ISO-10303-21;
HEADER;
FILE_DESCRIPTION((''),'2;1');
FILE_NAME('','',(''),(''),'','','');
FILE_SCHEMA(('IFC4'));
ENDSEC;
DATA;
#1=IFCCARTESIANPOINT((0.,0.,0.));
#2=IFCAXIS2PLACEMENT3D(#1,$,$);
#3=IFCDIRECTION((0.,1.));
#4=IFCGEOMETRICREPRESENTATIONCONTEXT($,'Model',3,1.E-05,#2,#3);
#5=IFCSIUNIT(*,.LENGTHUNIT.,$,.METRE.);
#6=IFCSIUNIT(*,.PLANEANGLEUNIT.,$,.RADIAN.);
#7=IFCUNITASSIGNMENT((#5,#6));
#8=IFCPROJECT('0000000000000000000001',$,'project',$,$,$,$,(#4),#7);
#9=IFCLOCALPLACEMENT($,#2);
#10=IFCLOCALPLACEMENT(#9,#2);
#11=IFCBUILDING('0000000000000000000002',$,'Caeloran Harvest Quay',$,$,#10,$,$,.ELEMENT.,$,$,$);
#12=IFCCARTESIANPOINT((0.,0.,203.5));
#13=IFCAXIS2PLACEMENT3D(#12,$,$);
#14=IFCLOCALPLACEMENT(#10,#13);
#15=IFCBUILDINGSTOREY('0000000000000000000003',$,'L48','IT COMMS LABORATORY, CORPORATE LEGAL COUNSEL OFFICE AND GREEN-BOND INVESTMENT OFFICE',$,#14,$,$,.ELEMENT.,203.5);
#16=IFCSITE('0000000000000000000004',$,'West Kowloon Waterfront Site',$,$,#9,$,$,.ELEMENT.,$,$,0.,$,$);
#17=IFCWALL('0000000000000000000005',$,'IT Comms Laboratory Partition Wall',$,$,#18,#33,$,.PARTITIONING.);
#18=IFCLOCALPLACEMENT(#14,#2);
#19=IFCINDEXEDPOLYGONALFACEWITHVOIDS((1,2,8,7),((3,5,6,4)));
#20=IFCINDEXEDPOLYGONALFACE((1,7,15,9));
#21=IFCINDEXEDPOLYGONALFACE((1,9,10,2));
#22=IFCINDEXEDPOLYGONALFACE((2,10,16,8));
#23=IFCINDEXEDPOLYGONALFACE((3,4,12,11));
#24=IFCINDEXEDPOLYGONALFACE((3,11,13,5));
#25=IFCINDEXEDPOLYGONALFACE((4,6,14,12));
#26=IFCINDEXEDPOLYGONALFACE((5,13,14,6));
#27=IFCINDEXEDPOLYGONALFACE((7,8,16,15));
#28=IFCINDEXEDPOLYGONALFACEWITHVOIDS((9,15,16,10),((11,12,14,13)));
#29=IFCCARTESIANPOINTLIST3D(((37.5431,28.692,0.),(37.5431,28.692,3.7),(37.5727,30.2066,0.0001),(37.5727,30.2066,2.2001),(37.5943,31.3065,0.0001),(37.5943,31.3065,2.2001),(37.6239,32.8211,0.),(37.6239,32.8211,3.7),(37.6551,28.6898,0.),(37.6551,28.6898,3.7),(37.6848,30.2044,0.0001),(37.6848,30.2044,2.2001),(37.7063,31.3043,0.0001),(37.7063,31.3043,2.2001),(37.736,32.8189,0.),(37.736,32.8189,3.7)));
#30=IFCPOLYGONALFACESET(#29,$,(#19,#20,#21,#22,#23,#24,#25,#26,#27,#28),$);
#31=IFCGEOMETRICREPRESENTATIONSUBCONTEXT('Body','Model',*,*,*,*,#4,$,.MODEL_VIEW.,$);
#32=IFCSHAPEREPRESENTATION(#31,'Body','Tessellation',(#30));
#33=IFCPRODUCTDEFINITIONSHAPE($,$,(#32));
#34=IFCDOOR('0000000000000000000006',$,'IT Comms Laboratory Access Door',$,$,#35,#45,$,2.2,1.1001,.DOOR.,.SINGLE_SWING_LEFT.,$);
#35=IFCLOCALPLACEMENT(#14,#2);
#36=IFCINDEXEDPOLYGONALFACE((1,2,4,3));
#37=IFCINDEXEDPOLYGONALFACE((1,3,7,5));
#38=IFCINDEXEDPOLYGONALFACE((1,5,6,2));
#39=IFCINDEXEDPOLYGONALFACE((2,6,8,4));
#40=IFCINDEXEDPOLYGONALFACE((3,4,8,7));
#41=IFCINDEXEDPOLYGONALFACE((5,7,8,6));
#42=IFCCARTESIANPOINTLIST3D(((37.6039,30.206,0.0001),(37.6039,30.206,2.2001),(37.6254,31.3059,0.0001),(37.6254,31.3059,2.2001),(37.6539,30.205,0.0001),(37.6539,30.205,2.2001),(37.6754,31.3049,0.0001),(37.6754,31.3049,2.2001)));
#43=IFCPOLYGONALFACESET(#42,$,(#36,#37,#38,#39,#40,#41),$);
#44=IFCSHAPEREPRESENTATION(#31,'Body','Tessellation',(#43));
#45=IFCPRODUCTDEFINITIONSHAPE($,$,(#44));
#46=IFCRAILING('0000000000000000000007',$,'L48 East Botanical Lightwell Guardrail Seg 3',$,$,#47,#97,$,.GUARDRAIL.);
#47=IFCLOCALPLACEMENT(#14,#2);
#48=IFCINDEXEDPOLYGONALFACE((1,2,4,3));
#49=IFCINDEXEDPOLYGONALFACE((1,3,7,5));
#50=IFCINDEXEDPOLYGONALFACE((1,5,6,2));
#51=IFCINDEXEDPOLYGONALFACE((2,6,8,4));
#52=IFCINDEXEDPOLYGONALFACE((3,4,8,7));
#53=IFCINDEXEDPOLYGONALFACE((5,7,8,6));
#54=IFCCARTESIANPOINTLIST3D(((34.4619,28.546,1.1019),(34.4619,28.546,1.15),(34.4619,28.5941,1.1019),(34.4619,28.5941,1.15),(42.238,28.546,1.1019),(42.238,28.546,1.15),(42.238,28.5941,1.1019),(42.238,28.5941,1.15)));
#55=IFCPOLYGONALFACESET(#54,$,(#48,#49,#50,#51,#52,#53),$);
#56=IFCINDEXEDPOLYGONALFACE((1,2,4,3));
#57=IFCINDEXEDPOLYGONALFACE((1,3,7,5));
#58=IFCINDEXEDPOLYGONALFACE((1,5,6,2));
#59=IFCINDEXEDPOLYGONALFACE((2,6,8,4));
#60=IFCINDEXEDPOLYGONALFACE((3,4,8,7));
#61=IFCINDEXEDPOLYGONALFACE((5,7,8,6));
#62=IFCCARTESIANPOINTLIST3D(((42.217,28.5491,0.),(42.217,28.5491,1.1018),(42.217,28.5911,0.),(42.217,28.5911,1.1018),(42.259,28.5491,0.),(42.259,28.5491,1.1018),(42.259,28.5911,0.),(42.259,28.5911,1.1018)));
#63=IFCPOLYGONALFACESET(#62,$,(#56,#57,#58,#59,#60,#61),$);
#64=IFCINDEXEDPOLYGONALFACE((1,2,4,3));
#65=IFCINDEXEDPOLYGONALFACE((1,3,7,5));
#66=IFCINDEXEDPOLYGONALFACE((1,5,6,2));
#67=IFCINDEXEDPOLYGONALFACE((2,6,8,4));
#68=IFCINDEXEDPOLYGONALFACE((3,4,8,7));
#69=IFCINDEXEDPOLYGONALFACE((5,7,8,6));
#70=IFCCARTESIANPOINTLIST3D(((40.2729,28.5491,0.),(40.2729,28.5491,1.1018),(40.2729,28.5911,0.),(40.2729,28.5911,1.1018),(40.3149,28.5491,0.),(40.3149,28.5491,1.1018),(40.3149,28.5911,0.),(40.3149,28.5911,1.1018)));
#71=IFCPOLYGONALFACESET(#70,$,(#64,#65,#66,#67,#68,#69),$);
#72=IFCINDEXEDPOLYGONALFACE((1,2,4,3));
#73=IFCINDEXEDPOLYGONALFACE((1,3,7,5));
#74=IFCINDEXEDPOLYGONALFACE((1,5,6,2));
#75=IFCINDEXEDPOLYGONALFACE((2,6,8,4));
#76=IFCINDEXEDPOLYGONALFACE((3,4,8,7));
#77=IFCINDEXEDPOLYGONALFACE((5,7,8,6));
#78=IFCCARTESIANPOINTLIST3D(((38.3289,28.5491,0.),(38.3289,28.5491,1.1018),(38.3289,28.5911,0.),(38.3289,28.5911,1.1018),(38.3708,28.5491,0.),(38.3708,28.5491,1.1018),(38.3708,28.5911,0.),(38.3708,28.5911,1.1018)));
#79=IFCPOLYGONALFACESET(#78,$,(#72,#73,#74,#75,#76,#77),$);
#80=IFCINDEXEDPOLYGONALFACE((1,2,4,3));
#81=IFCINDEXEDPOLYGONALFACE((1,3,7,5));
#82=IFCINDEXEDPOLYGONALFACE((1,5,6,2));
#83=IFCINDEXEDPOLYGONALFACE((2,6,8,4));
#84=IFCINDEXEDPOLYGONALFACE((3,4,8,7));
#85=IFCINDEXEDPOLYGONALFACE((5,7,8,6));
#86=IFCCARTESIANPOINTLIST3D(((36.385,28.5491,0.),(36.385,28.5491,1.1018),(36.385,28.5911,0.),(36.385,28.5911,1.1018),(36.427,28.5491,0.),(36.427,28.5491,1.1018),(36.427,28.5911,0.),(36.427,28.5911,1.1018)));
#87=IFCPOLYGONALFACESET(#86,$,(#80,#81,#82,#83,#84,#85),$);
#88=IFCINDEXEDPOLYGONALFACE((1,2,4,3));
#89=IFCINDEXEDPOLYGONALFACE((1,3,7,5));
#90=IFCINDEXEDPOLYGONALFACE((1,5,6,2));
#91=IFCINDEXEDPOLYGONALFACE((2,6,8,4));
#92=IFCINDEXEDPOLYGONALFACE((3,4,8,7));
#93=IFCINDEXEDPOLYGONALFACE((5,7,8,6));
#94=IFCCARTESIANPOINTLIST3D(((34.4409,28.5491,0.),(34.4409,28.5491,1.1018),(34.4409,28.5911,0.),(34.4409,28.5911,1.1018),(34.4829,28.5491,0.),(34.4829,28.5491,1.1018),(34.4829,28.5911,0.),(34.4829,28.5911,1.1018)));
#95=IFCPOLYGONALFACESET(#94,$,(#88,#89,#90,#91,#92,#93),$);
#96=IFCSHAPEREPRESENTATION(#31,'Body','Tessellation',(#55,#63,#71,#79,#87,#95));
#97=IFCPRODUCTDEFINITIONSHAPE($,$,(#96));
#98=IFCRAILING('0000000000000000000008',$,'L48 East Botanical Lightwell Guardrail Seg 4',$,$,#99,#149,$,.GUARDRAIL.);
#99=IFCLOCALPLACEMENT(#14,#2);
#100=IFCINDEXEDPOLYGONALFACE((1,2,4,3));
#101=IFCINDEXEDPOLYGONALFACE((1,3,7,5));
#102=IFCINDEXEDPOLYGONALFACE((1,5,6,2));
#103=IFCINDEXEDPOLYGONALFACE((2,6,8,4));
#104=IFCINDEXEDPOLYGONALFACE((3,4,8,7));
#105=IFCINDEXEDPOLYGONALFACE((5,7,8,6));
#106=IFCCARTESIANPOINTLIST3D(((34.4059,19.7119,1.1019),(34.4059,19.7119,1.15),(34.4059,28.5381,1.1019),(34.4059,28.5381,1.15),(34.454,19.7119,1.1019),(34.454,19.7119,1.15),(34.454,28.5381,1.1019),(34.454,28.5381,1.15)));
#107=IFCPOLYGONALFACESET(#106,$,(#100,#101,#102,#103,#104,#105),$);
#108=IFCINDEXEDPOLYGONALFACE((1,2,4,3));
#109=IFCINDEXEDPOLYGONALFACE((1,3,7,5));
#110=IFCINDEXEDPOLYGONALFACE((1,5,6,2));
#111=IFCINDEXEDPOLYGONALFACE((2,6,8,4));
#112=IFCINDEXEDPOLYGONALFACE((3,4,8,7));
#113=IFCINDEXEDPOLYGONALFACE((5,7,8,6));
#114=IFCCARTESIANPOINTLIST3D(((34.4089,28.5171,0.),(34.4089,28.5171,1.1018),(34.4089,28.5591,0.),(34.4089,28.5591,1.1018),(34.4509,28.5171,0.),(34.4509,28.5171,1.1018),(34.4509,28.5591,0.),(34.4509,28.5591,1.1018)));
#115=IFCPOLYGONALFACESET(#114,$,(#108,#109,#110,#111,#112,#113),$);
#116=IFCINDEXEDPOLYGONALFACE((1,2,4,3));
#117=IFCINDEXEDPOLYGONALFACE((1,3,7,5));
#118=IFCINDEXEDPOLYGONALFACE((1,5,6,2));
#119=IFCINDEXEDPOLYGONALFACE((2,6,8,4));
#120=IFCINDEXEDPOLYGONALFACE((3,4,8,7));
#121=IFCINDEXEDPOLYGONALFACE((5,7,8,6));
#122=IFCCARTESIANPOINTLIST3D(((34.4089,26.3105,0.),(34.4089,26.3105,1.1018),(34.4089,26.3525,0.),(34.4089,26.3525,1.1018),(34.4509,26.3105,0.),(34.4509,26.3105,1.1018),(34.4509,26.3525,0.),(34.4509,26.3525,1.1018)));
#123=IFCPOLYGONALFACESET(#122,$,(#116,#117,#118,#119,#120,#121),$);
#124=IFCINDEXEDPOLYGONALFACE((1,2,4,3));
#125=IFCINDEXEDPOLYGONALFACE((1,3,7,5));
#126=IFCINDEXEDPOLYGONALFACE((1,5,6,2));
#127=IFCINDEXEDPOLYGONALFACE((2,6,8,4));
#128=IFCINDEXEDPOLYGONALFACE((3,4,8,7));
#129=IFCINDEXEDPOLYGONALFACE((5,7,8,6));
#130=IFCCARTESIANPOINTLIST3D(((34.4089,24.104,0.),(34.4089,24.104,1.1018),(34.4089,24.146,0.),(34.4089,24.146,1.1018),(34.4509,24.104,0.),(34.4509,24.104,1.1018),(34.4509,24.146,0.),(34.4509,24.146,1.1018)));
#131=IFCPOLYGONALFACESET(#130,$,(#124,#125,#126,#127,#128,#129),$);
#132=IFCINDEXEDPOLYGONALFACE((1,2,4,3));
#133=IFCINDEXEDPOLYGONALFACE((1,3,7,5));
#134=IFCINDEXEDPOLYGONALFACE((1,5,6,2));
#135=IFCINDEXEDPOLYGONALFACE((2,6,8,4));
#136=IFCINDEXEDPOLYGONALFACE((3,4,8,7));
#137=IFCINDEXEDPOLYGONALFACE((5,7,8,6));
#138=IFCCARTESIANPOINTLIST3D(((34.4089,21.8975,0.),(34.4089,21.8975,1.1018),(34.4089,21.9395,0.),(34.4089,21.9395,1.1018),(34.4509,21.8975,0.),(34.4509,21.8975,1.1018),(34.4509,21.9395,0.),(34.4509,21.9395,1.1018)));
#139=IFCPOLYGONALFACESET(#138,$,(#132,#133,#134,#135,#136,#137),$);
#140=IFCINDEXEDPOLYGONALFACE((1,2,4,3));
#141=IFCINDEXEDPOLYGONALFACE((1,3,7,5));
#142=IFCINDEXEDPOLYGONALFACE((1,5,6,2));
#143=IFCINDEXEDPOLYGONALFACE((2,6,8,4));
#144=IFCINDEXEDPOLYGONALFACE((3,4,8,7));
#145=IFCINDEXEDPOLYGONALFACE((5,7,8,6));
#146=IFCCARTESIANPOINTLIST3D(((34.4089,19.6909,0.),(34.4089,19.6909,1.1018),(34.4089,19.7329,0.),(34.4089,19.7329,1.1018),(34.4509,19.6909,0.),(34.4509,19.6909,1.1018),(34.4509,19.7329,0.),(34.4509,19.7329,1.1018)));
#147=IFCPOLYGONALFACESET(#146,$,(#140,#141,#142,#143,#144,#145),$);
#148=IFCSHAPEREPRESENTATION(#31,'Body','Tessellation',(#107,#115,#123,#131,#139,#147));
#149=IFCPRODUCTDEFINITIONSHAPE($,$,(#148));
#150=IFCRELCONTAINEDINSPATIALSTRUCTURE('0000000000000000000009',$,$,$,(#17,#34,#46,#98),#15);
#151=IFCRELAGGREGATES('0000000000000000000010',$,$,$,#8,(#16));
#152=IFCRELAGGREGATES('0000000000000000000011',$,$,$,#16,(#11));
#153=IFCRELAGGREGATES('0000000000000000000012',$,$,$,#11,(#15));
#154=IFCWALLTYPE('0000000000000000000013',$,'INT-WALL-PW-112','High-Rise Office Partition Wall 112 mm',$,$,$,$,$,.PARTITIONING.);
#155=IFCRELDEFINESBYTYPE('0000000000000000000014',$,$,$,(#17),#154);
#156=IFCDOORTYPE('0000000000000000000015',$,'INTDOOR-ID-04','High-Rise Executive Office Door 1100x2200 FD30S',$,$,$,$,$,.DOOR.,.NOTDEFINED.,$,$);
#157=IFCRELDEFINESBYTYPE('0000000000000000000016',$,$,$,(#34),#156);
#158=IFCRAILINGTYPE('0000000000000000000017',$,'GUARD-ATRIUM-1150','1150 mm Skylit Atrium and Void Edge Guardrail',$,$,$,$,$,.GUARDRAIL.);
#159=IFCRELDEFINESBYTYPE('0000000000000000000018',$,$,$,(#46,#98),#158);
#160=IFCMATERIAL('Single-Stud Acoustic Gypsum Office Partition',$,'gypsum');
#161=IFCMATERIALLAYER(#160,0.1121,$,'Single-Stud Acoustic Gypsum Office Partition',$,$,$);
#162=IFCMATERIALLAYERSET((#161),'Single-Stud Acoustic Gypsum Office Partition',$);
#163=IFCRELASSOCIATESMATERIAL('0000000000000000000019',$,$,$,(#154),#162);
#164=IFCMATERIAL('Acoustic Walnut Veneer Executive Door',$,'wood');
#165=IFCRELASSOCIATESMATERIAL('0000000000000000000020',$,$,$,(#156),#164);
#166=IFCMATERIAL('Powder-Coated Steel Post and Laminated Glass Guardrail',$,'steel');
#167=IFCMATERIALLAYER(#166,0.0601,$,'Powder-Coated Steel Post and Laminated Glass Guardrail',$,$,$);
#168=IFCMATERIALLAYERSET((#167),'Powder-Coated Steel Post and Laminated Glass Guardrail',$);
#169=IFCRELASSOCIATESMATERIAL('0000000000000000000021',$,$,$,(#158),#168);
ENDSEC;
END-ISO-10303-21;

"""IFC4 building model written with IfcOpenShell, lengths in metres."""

from ifc_helpers import new_model, si_unit, direction, frame, frame_2d, origin, origin_2d, place, context, subcontext, project, spatial, rectangle, extrude, material, layer, layer_set, type_object, element, fill, save


model = new_model("IFC4")

# Units and contexts
model_context = context("Model", 3, precision=1e-05, world=origin(), true_north=direction((0.0, 1.0)))
body_context = subcontext(model_context, "Body", "Model", "MODEL_VIEW")
ifc_project = project(units=[si_unit("LENGTHUNIT", "METRE"), si_unit("PLANEANGLEUNIT", "RADIAN")], contexts=[model_context])

# Site, building, storey
site_placement = place(None, origin())
site = spatial("IfcSite", under=ifc_project, at=site_placement, Name="West Kowloon Waterfront Site", CompositionType="ELEMENT", RefElevation=0.0)
building_placement = place(site_placement, origin())
building = spatial("IfcBuilding", under=site, at=building_placement, Name="Caeloran Harvest Quay", CompositionType="ELEMENT")
storey_placement = place(building_placement, frame((0.0, 0.0, 203.5)))
storey = spatial("IfcBuildingStorey", under=building, at=storey_placement, Name="L48", Description="IT COMMS LABORATORY, CORPORATE LEGAL COUNSEL OFFICE AND GREEN-BOND INVESTMENT OFFICE", CompositionType="ELEMENT", Elevation=203.5)

# Shared definitions
ifc_material_1 = material(Name="Single-Stud Acoustic Gypsum Office Partition", Category="gypsum")
ifc_layer_1 = layer(ifc_material_1, 0.1121, Name="Single-Stud Acoustic Gypsum Office Partition")
ifc_layer_set_1 = layer_set([ifc_layer_1], Name="Single-Stud Acoustic Gypsum Office Partition")
wall_type_1 = type_object("IfcWallType", Name="INT-WALL-PW-112", Description="High-Rise Office Partition Wall 112 mm", PredefinedType="PARTITIONING", material=ifc_layer_set_1)

# Shared definitions
ifc_material_2 = material(Name="Acoustic Walnut Veneer Executive Door", Category="wood")
door_type = type_object("IfcDoorType", Name="INTDOOR-ID-04", Description="High-Rise Executive Office Door 1100x2200 FD30S", OperationType="NOTDEFINED", PredefinedType="DOOR", material=ifc_material_2)

# Wall, opening, door
wall_1_placement = place(storey_placement, frame((37.5991, 28.6909, 0.0), z_axis=(0.0, 0.0, 1.0), x_axis=(0.019567, 0.999809, 0.0)))
wall_1 = element("IfcWall", 1, at=wall_1_placement, inside=storey, type_object=wall_type_1, Name="IT Comms Laboratory Partition Wall", PredefinedType="PARTITIONING", context=body_context, shape_type="SweptSolid", body=[
    extrude(rectangle(XDim=4.1299, YDim=0.1121, at=frame_2d((2.0649, 0.0))), origin(), (0.0, 0.0, 1.0), 3.7),
])
opening_1_placement = place(wall_1_placement, frame((1.5149, 0.0, 0.0)))
opening_1 = element("IfcOpeningElement", 2, at=opening_1_placement, cuts=wall_1, PredefinedType="OPENING", context=body_context, shape_type="SweptSolid", body=[
    extrude(rectangle(XDim=1.1001, YDim=2.2, at=frame_2d((0.55, 1.1001))), frame((0.0, 0.0659, 0.0), z_axis=(0.0, -1.0, 0.0), x_axis=(1.0, 0.0, 0.0)), (0.0, 0.0, 1.0), 0.1321),
])
door_1_placement = place(opening_1_placement, origin())
door_1 = element("IfcDoor", 3, at=door_1_placement, inside=storey, type_object=door_type, Name="IT Comms Laboratory Access Door", OperationType="SINGLE_SWING_LEFT", OverallHeight=2.2, OverallWidth=1.1001, PredefinedType="DOOR", context=body_context, shape_type="SweptSolid", body=[
    extrude(rectangle(XDim=1.1001, YDim=2.2, at=frame_2d((0.55, 1.1001))), frame((0.0, 0.0249, 0.0), z_axis=(0.0, -1.0, 0.0), x_axis=(1.0, 0.0, 0.0)), (0.0, 0.0, 1.0), 0.05),
])
fill(opening_1, door_1)

# Railings
ifc_material_3 = material(Name="Powder-Coated Steel Post and Laminated Glass Guardrail", Category="steel")
ifc_layer_2 = layer(ifc_material_3, 0.0601, Name="Powder-Coated Steel Post and Laminated Glass Guardrail")
ifc_layer_set_2 = layer_set([ifc_layer_2], Name="Powder-Coated Steel Post and Laminated Glass Guardrail")
railing_type = type_object("IfcRailingType", Name="GUARD-ATRIUM-1150", Description="1150 mm Skylit Atrium and Void Edge Guardrail", PredefinedType="GUARDRAIL", material=ifc_layer_set_2)
railing_1_placement = place(storey_placement, frame((42.238, 28.5701, 0.0)))
element("IfcRailing", 4, at=railing_1_placement, inside=storey, type_object=railing_type, Name="L48 East Botanical Lightwell Guardrail Seg 3", PredefinedType="GUARDRAIL", context=body_context, shape_type="SweptSolid", body=[
    extrude(rectangle(XDim=0.0481, YDim=0.0481, at=origin_2d()), frame((0.0, 0.0, 1.126), z_axis=(-1.0, 0.0, 0.0), x_axis=(0.0, -1.0, 0.0)), (0.0, 0.0, 1.0), 7.7761),
    extrude(rectangle(XDim=0.042, YDim=0.042, at=origin_2d()), origin(), (0.0, 0.0, 1.0), 1.1018),
    extrude(rectangle(XDim=0.042, YDim=0.042, at=origin_2d()), frame((-1.9441, 0.0, 0.0)), (0.0, 0.0, 1.0), 1.1018),
    extrude(rectangle(XDim=0.042, YDim=0.042, at=origin_2d()), frame((-3.8882, 0.0, 0.0)), (0.0, 0.0, 1.0), 1.1018),
    extrude(rectangle(XDim=0.042, YDim=0.042, at=origin_2d()), frame((-5.832, 0.0, 0.0)), (0.0, 0.0, 1.0), 1.1018),
    extrude(rectangle(XDim=0.042, YDim=0.042, at=origin_2d()), frame((-7.7761, 0.0, 0.0)), (0.0, 0.0, 1.0), 1.1018),
])
railing_2_placement = place(storey_placement, frame((34.4299, 28.5381, 0.0)))
element("IfcRailing", 5, at=railing_2_placement, inside=storey, type_object=railing_type, Name="L48 East Botanical Lightwell Guardrail Seg 4", PredefinedType="GUARDRAIL", context=body_context, shape_type="SweptSolid", body=[
    extrude(rectangle(XDim=0.0481, YDim=0.0481, at=origin_2d()), frame((0.0, 0.0, 1.126), z_axis=(0.0, -1.0, 0.0), x_axis=(1.0, 0.0, 0.0)), (0.0, 0.0, 1.0), 8.8262),
    extrude(rectangle(XDim=0.042, YDim=0.042, at=origin_2d()), origin(), (0.0, 0.0, 1.0), 1.1018),
    extrude(rectangle(XDim=0.042, YDim=0.042, at=origin_2d()), frame((0.0, -2.2065, 0.0)), (0.0, 0.0, 1.0), 1.1018),
    extrude(rectangle(XDim=0.042, YDim=0.042, at=origin_2d()), frame((0.0, -4.4131, 0.0)), (0.0, 0.0, 1.0), 1.1018),
    extrude(rectangle(XDim=0.042, YDim=0.042, at=origin_2d()), frame((0.0, -6.6196, 0.0)), (0.0, 0.0, 1.0), 1.1018),
    extrude(rectangle(XDim=0.042, YDim=0.042, at=origin_2d()), frame((0.0, -8.8262, 0.0)), (0.0, 0.0, 1.0), 1.1018),
])

save(model, "model.ifc")
